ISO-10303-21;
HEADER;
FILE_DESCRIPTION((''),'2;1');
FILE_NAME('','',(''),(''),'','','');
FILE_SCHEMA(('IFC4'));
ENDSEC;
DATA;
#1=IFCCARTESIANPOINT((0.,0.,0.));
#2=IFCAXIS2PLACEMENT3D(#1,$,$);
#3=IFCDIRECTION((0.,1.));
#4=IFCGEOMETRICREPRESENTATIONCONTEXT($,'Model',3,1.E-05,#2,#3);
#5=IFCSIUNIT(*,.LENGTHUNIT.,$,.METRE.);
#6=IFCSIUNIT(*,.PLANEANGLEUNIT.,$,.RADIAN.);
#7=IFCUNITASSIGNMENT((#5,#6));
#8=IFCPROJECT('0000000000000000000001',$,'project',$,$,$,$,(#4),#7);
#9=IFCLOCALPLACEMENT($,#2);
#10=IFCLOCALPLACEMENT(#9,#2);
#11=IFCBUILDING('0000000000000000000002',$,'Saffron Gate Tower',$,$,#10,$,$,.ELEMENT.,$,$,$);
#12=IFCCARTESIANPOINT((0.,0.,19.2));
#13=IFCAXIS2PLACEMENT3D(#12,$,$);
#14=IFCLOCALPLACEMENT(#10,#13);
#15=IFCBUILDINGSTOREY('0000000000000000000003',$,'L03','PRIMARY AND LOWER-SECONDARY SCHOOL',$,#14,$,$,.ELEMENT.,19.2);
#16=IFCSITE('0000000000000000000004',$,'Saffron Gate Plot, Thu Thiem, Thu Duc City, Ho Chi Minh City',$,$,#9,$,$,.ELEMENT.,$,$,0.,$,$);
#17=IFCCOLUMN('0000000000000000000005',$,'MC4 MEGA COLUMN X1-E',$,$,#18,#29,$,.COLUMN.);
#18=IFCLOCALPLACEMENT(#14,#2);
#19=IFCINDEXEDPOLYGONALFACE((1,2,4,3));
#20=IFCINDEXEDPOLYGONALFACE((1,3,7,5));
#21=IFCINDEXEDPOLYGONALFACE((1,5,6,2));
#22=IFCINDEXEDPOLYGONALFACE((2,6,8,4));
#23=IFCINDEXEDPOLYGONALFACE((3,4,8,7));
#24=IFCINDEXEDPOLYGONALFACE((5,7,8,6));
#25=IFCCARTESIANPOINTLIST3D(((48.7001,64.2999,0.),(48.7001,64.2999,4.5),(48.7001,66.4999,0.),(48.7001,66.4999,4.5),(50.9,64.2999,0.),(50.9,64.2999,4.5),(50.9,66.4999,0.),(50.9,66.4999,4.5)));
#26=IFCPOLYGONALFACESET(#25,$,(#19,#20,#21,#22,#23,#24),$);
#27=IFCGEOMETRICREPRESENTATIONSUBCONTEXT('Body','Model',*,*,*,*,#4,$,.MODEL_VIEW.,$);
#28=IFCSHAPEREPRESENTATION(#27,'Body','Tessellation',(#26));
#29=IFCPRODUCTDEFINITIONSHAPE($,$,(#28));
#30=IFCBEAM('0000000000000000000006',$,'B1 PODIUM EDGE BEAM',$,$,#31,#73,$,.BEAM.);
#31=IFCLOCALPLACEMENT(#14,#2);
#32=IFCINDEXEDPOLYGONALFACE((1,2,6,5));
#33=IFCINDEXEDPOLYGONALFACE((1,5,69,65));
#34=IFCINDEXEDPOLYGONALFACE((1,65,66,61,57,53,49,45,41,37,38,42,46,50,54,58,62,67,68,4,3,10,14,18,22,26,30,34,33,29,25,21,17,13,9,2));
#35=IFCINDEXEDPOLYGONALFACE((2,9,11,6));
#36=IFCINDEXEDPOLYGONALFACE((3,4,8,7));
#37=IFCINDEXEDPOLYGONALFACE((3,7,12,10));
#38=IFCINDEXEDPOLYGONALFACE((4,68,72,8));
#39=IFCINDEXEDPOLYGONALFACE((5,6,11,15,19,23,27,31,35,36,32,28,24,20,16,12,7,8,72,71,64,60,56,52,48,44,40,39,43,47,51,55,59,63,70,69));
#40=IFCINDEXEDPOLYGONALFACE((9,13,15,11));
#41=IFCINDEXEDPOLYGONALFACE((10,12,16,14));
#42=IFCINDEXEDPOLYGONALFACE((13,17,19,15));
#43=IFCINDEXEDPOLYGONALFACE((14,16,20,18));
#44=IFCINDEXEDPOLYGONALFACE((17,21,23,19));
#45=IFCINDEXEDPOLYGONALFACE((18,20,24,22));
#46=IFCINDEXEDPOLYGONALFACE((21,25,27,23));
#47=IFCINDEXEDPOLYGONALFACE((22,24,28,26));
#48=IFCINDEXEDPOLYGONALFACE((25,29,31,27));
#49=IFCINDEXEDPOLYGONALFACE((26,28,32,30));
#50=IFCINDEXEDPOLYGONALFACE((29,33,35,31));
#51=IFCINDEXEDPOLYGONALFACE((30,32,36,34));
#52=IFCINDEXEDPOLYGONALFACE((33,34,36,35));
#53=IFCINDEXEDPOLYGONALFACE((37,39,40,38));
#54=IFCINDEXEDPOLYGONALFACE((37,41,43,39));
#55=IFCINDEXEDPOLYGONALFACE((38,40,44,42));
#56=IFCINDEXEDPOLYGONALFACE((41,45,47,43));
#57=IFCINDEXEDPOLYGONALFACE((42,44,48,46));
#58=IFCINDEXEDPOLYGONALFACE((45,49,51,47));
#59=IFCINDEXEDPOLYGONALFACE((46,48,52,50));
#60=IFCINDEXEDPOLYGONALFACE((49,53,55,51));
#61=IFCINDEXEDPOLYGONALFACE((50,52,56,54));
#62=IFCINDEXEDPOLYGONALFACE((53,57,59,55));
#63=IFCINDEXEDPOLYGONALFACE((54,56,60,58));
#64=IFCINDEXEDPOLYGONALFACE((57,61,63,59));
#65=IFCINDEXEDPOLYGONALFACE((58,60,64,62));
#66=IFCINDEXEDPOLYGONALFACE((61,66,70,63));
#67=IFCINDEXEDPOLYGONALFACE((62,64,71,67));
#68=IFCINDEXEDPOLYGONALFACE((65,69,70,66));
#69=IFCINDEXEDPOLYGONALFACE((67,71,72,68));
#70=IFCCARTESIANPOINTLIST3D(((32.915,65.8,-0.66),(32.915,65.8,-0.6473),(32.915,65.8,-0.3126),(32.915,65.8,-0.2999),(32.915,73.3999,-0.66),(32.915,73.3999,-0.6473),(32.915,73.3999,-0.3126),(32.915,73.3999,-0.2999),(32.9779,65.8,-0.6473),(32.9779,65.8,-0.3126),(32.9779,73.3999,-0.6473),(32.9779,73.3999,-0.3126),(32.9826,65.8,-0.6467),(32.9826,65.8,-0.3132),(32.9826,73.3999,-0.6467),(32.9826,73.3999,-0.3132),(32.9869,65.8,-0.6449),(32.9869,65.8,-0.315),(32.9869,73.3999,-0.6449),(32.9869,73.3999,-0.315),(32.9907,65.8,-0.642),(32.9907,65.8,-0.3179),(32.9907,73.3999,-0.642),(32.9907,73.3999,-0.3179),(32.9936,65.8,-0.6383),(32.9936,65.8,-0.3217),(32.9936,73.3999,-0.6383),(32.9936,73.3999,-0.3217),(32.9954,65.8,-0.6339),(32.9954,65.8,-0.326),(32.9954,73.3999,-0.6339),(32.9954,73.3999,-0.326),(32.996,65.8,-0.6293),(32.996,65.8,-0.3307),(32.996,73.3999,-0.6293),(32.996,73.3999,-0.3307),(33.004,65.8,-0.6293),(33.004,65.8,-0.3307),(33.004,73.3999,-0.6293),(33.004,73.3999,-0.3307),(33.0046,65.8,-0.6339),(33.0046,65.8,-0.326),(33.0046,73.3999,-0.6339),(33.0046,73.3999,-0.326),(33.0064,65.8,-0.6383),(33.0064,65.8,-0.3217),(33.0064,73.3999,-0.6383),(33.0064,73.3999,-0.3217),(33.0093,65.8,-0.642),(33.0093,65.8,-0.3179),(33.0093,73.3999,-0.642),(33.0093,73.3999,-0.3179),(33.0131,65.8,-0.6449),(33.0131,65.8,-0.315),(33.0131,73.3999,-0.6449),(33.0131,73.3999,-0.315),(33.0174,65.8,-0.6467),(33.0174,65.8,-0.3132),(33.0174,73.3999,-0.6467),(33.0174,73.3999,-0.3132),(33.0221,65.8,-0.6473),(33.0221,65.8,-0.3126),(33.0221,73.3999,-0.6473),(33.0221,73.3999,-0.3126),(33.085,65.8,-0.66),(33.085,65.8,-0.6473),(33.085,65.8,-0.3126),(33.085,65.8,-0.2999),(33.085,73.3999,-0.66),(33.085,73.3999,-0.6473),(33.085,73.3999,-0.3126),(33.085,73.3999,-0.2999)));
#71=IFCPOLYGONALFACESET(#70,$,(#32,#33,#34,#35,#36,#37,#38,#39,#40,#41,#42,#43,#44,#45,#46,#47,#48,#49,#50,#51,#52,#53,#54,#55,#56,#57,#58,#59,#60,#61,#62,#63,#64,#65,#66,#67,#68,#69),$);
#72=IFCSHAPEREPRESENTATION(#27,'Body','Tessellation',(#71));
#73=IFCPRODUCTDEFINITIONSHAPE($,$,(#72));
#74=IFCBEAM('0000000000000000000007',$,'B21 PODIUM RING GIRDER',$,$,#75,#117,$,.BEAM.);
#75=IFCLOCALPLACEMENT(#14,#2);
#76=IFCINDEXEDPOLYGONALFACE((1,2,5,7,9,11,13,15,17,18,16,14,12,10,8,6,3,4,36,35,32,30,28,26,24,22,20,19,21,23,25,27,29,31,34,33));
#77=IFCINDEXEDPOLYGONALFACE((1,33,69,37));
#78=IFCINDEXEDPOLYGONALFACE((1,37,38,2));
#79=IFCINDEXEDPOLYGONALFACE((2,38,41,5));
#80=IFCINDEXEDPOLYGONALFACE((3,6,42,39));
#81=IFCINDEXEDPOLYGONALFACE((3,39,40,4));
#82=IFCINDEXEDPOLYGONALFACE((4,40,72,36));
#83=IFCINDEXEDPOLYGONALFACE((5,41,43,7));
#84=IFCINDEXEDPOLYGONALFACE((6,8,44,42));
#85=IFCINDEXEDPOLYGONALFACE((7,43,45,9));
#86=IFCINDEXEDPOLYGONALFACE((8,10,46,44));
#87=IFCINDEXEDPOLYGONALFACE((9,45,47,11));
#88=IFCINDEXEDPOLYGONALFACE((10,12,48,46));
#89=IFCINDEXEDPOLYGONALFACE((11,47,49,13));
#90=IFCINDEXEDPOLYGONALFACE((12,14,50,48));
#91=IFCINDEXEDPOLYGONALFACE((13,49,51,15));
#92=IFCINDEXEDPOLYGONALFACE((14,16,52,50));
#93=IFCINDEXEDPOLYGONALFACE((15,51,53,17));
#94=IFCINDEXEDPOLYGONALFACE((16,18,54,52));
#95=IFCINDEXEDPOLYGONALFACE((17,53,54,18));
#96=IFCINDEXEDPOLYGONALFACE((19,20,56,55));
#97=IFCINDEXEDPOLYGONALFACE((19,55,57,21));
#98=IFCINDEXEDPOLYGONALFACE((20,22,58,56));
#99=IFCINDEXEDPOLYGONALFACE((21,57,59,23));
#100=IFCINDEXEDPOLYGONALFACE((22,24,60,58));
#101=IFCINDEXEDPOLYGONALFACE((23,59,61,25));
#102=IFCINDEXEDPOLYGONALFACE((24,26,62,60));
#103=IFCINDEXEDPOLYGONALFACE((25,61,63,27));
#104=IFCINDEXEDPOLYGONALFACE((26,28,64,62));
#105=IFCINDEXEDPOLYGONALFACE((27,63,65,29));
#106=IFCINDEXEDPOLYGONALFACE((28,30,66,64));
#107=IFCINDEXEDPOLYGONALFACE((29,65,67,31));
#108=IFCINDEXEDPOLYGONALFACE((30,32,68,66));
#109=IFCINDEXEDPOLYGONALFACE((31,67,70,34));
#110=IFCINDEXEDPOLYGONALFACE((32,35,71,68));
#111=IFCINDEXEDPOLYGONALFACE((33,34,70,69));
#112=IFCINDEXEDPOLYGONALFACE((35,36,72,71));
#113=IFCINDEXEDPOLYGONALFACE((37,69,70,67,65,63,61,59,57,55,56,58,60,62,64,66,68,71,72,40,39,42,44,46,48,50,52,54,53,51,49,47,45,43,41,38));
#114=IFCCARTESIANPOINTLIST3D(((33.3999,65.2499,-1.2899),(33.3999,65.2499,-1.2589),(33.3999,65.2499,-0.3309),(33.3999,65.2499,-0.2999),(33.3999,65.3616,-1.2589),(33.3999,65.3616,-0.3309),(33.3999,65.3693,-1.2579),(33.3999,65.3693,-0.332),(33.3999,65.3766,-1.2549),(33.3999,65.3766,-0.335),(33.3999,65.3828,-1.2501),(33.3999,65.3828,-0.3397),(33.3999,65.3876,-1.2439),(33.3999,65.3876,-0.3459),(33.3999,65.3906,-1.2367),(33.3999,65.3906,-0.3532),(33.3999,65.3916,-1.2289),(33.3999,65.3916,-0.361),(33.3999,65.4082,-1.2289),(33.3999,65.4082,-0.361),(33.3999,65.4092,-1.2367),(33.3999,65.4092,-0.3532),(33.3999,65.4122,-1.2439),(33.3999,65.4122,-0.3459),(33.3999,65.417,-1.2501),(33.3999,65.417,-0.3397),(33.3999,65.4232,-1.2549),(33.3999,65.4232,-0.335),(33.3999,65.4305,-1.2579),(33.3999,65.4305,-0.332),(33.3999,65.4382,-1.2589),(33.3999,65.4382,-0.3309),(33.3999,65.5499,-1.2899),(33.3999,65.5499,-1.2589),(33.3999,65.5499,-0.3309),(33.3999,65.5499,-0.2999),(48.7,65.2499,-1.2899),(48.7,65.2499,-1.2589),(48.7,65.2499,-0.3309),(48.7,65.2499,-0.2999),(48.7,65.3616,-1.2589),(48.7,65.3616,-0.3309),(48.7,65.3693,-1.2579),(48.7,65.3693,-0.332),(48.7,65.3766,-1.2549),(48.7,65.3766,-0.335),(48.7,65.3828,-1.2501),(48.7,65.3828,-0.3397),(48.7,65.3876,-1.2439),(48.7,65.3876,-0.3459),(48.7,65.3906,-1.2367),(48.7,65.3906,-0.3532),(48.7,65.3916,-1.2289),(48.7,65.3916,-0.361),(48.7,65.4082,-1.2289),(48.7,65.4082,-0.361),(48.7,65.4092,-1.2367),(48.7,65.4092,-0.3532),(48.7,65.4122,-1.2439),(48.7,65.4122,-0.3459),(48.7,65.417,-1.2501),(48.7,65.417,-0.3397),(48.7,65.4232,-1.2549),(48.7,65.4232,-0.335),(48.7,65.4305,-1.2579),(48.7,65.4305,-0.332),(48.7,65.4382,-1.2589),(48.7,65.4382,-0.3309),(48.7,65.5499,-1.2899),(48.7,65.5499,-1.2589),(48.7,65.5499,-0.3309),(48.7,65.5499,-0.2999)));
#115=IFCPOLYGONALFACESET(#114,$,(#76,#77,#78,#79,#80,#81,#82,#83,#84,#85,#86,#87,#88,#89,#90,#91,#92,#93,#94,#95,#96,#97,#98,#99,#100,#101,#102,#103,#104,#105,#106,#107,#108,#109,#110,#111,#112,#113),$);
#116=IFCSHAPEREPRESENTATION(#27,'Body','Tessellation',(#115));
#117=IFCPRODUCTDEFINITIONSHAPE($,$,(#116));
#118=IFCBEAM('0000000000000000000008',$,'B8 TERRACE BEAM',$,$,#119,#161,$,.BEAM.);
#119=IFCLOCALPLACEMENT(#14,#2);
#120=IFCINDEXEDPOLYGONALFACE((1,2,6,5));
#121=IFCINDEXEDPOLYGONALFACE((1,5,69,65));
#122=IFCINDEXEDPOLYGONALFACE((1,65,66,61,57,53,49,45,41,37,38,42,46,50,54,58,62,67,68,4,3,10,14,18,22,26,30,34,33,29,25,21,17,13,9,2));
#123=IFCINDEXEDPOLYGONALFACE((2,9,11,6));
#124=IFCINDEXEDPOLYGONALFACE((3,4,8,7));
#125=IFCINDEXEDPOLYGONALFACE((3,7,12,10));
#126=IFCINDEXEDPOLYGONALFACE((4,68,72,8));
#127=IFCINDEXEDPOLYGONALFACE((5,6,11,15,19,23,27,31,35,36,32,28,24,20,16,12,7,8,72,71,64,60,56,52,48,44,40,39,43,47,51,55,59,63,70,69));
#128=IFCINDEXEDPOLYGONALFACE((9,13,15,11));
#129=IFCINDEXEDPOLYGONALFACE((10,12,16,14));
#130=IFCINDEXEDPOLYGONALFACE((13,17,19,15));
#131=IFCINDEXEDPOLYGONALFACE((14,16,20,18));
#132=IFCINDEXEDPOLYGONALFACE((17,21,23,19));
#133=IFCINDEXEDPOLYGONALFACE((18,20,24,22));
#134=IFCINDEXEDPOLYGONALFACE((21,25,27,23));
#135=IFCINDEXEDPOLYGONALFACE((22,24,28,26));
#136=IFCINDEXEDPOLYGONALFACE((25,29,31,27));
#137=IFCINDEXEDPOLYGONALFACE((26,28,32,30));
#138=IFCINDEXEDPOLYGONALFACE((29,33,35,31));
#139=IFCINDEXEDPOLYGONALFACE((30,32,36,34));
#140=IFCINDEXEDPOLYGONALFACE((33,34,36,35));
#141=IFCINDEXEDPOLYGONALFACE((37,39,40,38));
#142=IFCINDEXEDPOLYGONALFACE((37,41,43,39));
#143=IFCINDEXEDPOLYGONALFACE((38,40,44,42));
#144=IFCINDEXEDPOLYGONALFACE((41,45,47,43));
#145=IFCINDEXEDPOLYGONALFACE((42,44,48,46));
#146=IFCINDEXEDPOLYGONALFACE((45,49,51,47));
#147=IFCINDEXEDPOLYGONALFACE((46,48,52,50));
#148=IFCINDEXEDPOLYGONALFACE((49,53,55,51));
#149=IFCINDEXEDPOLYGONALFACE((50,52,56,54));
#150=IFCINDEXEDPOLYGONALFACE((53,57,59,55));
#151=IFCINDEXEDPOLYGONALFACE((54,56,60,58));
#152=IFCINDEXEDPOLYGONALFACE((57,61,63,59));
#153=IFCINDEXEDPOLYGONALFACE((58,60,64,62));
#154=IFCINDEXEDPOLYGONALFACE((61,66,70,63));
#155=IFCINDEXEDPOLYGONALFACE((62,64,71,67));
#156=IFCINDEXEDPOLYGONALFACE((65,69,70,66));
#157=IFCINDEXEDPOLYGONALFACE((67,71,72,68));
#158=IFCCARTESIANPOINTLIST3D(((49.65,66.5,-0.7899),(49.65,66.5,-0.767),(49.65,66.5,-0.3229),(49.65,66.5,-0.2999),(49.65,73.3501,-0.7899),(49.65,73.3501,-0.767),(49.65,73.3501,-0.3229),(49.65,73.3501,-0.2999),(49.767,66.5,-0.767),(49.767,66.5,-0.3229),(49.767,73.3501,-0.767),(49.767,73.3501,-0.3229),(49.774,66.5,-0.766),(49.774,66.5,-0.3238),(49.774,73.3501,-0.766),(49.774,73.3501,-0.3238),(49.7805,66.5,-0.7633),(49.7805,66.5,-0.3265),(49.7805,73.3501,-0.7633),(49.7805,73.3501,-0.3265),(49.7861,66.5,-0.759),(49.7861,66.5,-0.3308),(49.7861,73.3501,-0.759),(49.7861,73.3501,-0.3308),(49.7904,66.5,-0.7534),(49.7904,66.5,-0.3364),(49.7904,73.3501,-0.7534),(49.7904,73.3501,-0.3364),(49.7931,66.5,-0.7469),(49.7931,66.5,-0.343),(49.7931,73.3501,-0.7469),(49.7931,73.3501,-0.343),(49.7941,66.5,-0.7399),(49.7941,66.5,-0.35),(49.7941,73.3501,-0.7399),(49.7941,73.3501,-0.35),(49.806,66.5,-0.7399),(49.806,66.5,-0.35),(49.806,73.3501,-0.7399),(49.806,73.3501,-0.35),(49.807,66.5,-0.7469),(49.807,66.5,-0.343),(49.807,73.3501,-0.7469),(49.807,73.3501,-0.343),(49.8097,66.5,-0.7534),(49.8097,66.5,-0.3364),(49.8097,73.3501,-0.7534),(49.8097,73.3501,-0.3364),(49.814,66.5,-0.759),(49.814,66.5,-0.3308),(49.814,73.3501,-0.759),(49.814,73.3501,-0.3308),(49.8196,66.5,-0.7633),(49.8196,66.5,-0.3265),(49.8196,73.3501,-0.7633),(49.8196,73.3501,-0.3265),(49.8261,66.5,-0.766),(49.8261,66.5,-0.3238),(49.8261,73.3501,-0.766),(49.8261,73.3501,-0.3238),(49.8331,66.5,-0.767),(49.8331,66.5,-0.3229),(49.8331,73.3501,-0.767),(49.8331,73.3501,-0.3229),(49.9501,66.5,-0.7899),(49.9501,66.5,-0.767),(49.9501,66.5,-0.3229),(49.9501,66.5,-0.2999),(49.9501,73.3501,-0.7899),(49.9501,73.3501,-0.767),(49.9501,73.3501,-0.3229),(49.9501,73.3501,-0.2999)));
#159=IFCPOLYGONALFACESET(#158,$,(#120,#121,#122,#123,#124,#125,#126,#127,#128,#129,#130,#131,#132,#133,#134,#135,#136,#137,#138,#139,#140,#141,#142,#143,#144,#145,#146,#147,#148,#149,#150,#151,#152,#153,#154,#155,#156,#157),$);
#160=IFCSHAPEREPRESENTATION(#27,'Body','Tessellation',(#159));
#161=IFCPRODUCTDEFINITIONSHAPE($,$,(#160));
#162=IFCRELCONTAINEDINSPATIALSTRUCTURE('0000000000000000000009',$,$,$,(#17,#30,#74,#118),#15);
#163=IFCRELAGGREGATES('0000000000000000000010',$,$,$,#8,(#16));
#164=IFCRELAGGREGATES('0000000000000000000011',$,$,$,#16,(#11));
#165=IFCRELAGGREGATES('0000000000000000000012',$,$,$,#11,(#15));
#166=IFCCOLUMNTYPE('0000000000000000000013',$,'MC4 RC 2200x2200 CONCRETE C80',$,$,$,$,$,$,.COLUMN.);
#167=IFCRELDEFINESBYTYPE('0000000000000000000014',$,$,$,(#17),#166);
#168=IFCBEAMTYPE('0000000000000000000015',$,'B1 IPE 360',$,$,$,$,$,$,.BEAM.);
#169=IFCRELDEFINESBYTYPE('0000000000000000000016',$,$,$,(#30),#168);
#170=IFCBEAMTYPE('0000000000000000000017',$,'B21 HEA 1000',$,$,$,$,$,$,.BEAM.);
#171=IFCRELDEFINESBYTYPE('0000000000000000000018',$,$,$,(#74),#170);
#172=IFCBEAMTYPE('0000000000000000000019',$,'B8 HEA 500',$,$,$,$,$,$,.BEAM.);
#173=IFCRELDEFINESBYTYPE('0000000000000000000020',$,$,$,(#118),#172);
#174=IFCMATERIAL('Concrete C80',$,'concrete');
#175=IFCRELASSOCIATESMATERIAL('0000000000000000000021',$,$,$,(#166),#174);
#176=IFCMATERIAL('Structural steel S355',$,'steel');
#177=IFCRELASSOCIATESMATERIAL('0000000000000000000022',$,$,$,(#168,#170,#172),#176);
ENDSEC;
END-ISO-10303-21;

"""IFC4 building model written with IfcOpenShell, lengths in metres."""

from ifc_helpers import new_model, si_unit, direction, frame, origin, origin_2d, place, context, subcontext, project, spatial, rectangle, i_section, extrude, material, material_profile, profile_set, type_object, element, save


model = new_model("IFC4")

# Units and contexts
model_context = context("Model", 3, precision=1e-05, world=origin(), true_north=direction((0.0, 1.0)))
body_context = subcontext(model_context, "Body", "Model", "MODEL_VIEW")
ifc_project = project(units=[si_unit("LENGTHUNIT", "METRE"), si_unit("PLANEANGLEUNIT", "RADIAN")], contexts=[model_context])

# Site, building, storey
site_placement = place(None, origin())
site = spatial("IfcSite", under=ifc_project, at=site_placement, Name="Saffron Gate Plot, Thu Thiem, Thu Duc City, Ho Chi Minh City", CompositionType="ELEMENT", RefElevation=0.0)
building_placement = place(site_placement, origin())
building = spatial("IfcBuilding", under=site, at=building_placement, Name="Saffron Gate Tower", CompositionType="ELEMENT")
storey_placement = place(building_placement, frame((0.0, 0.0, 19.2)))
storey = spatial("IfcBuildingStorey", under=building, at=storey_placement, Name="L03", Description="PRIMARY AND LOWER-SECONDARY SCHOOL", CompositionType="ELEMENT", Elevation=19.2)

# Column
ifc_material_1 = material(Name="Concrete C80", Category="concrete")
ifc_material_profile_1 = material_profile(ifc_material_1, rectangle(XDim=2.2, YDim=2.2, at=origin_2d()))
ifc_profile_set_1 = profile_set([ifc_material_profile_1], Name="Concrete C80")
column_type = type_object("IfcColumnType", Name="MC4 RC 2200x2200 CONCRETE C80", PredefinedType="COLUMN", material=ifc_profile_set_1)
column_placement = place(storey_placement, frame((49.8, 65.3999, 0.0), z_axis=(0.0, 0.0, 1.0), x_axis=(1.0, 0.0, 0.0)))
element("IfcColumn", 1, at=column_placement, inside=storey, type_object=column_type, Name="MC4 MEGA COLUMN X1-E", PredefinedType="COLUMN", context=body_context, shape_type="SweptSolid", body=[
    extrude(rectangle(XDim=2.2, YDim=2.2, at=origin_2d()), origin(), (0.0, 0.0, 1.0), 4.5),
])

# Beams
ifc_material_2 = material(Name="Structural steel S355", Category="steel")
ifc_material_profile_2 = material_profile(ifc_material_2, i_section(OverallWidth=0.1699, OverallDepth=0.3601, WebThickness=0.0081, FlangeThickness=0.0127, FilletRadius=0.0181, at=origin_2d()))
ifc_profile_set_2 = profile_set([ifc_material_profile_2], Name="Structural steel S355")
beam_type_1 = type_object("IfcBeamType", Name="B1 IPE 360", PredefinedType="BEAM", material=ifc_profile_set_2)
beam_1_placement = place(storey_placement, frame((33.0, 65.8, -0.48), z_axis=(0.0, 1.0, 0.0), x_axis=(-1.0, 0.0, 0.0)))
element("IfcBeam", 2, at=beam_1_placement, inside=storey, type_object=beam_type_1, Name="B1 PODIUM EDGE BEAM", PredefinedType="BEAM", context=body_context, shape_type="SweptSolid", body=[
    extrude(i_section(OverallWidth=0.1699, OverallDepth=0.3601, WebThickness=0.0081, FlangeThickness=0.0127, FilletRadius=0.0181, at=origin_2d()), origin(), (0.0, 0.0, 1.0), 7.5999),
])
ifc_material_profile_3 = material_profile(ifc_material_2, i_section(OverallWidth=0.3, OverallDepth=0.99, WebThickness=0.0166, FlangeThickness=0.031, FilletRadius=0.03, at=origin_2d()))
ifc_profile_set_3 = profile_set([ifc_material_profile_3], Name="Structural steel S355")
beam_type_2 = type_object("IfcBeamType", Name="B21 HEA 1000", PredefinedType="BEAM", material=ifc_profile_set_3)
beam_2_placement = place(storey_placement, frame((33.3999, 65.3999, -0.7949), z_axis=(1.0, 0.0, 0.0), x_axis=(0.0, 1.0, 0.0)))
element("IfcBeam", 3, at=beam_2_placement, inside=storey, type_object=beam_type_2, Name="B21 PODIUM RING GIRDER", PredefinedType="BEAM", context=body_context, shape_type="SweptSolid", body=[
    extrude(i_section(OverallWidth=0.3, OverallDepth=0.99, WebThickness=0.0166, FlangeThickness=0.031, FilletRadius=0.03, at=origin_2d()), origin(), (0.0, 0.0, 1.0), 15.3),
])
ifc_material_profile_4 = material_profile(ifc_material_2, i_section(OverallWidth=0.3, OverallDepth=0.49, WebThickness=0.012, FlangeThickness=0.0229, FilletRadius=0.0271, at=origin_2d()))
ifc_profile_set_4 = profile_set([ifc_material_profile_4], Name="Structural steel S355")
beam_type_3 = type_object("IfcBeamType", Name="B8 HEA 500", PredefinedType="BEAM", material=ifc_profile_set_4)
beam_3_placement = place(storey_placement, frame((49.8, 66.5, -0.5449), z_axis=(0.0, 1.0, 0.0), x_axis=(-1.0, 0.0, 0.0)))
element("IfcBeam", 4, at=beam_3_placement, inside=storey, type_object=beam_type_3, Name="B8 TERRACE BEAM", PredefinedType="BEAM", context=body_context, shape_type="SweptSolid", body=[
    extrude(i_section(OverallWidth=0.3, OverallDepth=0.49, WebThickness=0.012, FlangeThickness=0.0229, FilletRadius=0.0271, at=origin_2d()), origin(), (0.0, 0.0, 1.0), 6.8501),
])

save(model, "model.ifc")
